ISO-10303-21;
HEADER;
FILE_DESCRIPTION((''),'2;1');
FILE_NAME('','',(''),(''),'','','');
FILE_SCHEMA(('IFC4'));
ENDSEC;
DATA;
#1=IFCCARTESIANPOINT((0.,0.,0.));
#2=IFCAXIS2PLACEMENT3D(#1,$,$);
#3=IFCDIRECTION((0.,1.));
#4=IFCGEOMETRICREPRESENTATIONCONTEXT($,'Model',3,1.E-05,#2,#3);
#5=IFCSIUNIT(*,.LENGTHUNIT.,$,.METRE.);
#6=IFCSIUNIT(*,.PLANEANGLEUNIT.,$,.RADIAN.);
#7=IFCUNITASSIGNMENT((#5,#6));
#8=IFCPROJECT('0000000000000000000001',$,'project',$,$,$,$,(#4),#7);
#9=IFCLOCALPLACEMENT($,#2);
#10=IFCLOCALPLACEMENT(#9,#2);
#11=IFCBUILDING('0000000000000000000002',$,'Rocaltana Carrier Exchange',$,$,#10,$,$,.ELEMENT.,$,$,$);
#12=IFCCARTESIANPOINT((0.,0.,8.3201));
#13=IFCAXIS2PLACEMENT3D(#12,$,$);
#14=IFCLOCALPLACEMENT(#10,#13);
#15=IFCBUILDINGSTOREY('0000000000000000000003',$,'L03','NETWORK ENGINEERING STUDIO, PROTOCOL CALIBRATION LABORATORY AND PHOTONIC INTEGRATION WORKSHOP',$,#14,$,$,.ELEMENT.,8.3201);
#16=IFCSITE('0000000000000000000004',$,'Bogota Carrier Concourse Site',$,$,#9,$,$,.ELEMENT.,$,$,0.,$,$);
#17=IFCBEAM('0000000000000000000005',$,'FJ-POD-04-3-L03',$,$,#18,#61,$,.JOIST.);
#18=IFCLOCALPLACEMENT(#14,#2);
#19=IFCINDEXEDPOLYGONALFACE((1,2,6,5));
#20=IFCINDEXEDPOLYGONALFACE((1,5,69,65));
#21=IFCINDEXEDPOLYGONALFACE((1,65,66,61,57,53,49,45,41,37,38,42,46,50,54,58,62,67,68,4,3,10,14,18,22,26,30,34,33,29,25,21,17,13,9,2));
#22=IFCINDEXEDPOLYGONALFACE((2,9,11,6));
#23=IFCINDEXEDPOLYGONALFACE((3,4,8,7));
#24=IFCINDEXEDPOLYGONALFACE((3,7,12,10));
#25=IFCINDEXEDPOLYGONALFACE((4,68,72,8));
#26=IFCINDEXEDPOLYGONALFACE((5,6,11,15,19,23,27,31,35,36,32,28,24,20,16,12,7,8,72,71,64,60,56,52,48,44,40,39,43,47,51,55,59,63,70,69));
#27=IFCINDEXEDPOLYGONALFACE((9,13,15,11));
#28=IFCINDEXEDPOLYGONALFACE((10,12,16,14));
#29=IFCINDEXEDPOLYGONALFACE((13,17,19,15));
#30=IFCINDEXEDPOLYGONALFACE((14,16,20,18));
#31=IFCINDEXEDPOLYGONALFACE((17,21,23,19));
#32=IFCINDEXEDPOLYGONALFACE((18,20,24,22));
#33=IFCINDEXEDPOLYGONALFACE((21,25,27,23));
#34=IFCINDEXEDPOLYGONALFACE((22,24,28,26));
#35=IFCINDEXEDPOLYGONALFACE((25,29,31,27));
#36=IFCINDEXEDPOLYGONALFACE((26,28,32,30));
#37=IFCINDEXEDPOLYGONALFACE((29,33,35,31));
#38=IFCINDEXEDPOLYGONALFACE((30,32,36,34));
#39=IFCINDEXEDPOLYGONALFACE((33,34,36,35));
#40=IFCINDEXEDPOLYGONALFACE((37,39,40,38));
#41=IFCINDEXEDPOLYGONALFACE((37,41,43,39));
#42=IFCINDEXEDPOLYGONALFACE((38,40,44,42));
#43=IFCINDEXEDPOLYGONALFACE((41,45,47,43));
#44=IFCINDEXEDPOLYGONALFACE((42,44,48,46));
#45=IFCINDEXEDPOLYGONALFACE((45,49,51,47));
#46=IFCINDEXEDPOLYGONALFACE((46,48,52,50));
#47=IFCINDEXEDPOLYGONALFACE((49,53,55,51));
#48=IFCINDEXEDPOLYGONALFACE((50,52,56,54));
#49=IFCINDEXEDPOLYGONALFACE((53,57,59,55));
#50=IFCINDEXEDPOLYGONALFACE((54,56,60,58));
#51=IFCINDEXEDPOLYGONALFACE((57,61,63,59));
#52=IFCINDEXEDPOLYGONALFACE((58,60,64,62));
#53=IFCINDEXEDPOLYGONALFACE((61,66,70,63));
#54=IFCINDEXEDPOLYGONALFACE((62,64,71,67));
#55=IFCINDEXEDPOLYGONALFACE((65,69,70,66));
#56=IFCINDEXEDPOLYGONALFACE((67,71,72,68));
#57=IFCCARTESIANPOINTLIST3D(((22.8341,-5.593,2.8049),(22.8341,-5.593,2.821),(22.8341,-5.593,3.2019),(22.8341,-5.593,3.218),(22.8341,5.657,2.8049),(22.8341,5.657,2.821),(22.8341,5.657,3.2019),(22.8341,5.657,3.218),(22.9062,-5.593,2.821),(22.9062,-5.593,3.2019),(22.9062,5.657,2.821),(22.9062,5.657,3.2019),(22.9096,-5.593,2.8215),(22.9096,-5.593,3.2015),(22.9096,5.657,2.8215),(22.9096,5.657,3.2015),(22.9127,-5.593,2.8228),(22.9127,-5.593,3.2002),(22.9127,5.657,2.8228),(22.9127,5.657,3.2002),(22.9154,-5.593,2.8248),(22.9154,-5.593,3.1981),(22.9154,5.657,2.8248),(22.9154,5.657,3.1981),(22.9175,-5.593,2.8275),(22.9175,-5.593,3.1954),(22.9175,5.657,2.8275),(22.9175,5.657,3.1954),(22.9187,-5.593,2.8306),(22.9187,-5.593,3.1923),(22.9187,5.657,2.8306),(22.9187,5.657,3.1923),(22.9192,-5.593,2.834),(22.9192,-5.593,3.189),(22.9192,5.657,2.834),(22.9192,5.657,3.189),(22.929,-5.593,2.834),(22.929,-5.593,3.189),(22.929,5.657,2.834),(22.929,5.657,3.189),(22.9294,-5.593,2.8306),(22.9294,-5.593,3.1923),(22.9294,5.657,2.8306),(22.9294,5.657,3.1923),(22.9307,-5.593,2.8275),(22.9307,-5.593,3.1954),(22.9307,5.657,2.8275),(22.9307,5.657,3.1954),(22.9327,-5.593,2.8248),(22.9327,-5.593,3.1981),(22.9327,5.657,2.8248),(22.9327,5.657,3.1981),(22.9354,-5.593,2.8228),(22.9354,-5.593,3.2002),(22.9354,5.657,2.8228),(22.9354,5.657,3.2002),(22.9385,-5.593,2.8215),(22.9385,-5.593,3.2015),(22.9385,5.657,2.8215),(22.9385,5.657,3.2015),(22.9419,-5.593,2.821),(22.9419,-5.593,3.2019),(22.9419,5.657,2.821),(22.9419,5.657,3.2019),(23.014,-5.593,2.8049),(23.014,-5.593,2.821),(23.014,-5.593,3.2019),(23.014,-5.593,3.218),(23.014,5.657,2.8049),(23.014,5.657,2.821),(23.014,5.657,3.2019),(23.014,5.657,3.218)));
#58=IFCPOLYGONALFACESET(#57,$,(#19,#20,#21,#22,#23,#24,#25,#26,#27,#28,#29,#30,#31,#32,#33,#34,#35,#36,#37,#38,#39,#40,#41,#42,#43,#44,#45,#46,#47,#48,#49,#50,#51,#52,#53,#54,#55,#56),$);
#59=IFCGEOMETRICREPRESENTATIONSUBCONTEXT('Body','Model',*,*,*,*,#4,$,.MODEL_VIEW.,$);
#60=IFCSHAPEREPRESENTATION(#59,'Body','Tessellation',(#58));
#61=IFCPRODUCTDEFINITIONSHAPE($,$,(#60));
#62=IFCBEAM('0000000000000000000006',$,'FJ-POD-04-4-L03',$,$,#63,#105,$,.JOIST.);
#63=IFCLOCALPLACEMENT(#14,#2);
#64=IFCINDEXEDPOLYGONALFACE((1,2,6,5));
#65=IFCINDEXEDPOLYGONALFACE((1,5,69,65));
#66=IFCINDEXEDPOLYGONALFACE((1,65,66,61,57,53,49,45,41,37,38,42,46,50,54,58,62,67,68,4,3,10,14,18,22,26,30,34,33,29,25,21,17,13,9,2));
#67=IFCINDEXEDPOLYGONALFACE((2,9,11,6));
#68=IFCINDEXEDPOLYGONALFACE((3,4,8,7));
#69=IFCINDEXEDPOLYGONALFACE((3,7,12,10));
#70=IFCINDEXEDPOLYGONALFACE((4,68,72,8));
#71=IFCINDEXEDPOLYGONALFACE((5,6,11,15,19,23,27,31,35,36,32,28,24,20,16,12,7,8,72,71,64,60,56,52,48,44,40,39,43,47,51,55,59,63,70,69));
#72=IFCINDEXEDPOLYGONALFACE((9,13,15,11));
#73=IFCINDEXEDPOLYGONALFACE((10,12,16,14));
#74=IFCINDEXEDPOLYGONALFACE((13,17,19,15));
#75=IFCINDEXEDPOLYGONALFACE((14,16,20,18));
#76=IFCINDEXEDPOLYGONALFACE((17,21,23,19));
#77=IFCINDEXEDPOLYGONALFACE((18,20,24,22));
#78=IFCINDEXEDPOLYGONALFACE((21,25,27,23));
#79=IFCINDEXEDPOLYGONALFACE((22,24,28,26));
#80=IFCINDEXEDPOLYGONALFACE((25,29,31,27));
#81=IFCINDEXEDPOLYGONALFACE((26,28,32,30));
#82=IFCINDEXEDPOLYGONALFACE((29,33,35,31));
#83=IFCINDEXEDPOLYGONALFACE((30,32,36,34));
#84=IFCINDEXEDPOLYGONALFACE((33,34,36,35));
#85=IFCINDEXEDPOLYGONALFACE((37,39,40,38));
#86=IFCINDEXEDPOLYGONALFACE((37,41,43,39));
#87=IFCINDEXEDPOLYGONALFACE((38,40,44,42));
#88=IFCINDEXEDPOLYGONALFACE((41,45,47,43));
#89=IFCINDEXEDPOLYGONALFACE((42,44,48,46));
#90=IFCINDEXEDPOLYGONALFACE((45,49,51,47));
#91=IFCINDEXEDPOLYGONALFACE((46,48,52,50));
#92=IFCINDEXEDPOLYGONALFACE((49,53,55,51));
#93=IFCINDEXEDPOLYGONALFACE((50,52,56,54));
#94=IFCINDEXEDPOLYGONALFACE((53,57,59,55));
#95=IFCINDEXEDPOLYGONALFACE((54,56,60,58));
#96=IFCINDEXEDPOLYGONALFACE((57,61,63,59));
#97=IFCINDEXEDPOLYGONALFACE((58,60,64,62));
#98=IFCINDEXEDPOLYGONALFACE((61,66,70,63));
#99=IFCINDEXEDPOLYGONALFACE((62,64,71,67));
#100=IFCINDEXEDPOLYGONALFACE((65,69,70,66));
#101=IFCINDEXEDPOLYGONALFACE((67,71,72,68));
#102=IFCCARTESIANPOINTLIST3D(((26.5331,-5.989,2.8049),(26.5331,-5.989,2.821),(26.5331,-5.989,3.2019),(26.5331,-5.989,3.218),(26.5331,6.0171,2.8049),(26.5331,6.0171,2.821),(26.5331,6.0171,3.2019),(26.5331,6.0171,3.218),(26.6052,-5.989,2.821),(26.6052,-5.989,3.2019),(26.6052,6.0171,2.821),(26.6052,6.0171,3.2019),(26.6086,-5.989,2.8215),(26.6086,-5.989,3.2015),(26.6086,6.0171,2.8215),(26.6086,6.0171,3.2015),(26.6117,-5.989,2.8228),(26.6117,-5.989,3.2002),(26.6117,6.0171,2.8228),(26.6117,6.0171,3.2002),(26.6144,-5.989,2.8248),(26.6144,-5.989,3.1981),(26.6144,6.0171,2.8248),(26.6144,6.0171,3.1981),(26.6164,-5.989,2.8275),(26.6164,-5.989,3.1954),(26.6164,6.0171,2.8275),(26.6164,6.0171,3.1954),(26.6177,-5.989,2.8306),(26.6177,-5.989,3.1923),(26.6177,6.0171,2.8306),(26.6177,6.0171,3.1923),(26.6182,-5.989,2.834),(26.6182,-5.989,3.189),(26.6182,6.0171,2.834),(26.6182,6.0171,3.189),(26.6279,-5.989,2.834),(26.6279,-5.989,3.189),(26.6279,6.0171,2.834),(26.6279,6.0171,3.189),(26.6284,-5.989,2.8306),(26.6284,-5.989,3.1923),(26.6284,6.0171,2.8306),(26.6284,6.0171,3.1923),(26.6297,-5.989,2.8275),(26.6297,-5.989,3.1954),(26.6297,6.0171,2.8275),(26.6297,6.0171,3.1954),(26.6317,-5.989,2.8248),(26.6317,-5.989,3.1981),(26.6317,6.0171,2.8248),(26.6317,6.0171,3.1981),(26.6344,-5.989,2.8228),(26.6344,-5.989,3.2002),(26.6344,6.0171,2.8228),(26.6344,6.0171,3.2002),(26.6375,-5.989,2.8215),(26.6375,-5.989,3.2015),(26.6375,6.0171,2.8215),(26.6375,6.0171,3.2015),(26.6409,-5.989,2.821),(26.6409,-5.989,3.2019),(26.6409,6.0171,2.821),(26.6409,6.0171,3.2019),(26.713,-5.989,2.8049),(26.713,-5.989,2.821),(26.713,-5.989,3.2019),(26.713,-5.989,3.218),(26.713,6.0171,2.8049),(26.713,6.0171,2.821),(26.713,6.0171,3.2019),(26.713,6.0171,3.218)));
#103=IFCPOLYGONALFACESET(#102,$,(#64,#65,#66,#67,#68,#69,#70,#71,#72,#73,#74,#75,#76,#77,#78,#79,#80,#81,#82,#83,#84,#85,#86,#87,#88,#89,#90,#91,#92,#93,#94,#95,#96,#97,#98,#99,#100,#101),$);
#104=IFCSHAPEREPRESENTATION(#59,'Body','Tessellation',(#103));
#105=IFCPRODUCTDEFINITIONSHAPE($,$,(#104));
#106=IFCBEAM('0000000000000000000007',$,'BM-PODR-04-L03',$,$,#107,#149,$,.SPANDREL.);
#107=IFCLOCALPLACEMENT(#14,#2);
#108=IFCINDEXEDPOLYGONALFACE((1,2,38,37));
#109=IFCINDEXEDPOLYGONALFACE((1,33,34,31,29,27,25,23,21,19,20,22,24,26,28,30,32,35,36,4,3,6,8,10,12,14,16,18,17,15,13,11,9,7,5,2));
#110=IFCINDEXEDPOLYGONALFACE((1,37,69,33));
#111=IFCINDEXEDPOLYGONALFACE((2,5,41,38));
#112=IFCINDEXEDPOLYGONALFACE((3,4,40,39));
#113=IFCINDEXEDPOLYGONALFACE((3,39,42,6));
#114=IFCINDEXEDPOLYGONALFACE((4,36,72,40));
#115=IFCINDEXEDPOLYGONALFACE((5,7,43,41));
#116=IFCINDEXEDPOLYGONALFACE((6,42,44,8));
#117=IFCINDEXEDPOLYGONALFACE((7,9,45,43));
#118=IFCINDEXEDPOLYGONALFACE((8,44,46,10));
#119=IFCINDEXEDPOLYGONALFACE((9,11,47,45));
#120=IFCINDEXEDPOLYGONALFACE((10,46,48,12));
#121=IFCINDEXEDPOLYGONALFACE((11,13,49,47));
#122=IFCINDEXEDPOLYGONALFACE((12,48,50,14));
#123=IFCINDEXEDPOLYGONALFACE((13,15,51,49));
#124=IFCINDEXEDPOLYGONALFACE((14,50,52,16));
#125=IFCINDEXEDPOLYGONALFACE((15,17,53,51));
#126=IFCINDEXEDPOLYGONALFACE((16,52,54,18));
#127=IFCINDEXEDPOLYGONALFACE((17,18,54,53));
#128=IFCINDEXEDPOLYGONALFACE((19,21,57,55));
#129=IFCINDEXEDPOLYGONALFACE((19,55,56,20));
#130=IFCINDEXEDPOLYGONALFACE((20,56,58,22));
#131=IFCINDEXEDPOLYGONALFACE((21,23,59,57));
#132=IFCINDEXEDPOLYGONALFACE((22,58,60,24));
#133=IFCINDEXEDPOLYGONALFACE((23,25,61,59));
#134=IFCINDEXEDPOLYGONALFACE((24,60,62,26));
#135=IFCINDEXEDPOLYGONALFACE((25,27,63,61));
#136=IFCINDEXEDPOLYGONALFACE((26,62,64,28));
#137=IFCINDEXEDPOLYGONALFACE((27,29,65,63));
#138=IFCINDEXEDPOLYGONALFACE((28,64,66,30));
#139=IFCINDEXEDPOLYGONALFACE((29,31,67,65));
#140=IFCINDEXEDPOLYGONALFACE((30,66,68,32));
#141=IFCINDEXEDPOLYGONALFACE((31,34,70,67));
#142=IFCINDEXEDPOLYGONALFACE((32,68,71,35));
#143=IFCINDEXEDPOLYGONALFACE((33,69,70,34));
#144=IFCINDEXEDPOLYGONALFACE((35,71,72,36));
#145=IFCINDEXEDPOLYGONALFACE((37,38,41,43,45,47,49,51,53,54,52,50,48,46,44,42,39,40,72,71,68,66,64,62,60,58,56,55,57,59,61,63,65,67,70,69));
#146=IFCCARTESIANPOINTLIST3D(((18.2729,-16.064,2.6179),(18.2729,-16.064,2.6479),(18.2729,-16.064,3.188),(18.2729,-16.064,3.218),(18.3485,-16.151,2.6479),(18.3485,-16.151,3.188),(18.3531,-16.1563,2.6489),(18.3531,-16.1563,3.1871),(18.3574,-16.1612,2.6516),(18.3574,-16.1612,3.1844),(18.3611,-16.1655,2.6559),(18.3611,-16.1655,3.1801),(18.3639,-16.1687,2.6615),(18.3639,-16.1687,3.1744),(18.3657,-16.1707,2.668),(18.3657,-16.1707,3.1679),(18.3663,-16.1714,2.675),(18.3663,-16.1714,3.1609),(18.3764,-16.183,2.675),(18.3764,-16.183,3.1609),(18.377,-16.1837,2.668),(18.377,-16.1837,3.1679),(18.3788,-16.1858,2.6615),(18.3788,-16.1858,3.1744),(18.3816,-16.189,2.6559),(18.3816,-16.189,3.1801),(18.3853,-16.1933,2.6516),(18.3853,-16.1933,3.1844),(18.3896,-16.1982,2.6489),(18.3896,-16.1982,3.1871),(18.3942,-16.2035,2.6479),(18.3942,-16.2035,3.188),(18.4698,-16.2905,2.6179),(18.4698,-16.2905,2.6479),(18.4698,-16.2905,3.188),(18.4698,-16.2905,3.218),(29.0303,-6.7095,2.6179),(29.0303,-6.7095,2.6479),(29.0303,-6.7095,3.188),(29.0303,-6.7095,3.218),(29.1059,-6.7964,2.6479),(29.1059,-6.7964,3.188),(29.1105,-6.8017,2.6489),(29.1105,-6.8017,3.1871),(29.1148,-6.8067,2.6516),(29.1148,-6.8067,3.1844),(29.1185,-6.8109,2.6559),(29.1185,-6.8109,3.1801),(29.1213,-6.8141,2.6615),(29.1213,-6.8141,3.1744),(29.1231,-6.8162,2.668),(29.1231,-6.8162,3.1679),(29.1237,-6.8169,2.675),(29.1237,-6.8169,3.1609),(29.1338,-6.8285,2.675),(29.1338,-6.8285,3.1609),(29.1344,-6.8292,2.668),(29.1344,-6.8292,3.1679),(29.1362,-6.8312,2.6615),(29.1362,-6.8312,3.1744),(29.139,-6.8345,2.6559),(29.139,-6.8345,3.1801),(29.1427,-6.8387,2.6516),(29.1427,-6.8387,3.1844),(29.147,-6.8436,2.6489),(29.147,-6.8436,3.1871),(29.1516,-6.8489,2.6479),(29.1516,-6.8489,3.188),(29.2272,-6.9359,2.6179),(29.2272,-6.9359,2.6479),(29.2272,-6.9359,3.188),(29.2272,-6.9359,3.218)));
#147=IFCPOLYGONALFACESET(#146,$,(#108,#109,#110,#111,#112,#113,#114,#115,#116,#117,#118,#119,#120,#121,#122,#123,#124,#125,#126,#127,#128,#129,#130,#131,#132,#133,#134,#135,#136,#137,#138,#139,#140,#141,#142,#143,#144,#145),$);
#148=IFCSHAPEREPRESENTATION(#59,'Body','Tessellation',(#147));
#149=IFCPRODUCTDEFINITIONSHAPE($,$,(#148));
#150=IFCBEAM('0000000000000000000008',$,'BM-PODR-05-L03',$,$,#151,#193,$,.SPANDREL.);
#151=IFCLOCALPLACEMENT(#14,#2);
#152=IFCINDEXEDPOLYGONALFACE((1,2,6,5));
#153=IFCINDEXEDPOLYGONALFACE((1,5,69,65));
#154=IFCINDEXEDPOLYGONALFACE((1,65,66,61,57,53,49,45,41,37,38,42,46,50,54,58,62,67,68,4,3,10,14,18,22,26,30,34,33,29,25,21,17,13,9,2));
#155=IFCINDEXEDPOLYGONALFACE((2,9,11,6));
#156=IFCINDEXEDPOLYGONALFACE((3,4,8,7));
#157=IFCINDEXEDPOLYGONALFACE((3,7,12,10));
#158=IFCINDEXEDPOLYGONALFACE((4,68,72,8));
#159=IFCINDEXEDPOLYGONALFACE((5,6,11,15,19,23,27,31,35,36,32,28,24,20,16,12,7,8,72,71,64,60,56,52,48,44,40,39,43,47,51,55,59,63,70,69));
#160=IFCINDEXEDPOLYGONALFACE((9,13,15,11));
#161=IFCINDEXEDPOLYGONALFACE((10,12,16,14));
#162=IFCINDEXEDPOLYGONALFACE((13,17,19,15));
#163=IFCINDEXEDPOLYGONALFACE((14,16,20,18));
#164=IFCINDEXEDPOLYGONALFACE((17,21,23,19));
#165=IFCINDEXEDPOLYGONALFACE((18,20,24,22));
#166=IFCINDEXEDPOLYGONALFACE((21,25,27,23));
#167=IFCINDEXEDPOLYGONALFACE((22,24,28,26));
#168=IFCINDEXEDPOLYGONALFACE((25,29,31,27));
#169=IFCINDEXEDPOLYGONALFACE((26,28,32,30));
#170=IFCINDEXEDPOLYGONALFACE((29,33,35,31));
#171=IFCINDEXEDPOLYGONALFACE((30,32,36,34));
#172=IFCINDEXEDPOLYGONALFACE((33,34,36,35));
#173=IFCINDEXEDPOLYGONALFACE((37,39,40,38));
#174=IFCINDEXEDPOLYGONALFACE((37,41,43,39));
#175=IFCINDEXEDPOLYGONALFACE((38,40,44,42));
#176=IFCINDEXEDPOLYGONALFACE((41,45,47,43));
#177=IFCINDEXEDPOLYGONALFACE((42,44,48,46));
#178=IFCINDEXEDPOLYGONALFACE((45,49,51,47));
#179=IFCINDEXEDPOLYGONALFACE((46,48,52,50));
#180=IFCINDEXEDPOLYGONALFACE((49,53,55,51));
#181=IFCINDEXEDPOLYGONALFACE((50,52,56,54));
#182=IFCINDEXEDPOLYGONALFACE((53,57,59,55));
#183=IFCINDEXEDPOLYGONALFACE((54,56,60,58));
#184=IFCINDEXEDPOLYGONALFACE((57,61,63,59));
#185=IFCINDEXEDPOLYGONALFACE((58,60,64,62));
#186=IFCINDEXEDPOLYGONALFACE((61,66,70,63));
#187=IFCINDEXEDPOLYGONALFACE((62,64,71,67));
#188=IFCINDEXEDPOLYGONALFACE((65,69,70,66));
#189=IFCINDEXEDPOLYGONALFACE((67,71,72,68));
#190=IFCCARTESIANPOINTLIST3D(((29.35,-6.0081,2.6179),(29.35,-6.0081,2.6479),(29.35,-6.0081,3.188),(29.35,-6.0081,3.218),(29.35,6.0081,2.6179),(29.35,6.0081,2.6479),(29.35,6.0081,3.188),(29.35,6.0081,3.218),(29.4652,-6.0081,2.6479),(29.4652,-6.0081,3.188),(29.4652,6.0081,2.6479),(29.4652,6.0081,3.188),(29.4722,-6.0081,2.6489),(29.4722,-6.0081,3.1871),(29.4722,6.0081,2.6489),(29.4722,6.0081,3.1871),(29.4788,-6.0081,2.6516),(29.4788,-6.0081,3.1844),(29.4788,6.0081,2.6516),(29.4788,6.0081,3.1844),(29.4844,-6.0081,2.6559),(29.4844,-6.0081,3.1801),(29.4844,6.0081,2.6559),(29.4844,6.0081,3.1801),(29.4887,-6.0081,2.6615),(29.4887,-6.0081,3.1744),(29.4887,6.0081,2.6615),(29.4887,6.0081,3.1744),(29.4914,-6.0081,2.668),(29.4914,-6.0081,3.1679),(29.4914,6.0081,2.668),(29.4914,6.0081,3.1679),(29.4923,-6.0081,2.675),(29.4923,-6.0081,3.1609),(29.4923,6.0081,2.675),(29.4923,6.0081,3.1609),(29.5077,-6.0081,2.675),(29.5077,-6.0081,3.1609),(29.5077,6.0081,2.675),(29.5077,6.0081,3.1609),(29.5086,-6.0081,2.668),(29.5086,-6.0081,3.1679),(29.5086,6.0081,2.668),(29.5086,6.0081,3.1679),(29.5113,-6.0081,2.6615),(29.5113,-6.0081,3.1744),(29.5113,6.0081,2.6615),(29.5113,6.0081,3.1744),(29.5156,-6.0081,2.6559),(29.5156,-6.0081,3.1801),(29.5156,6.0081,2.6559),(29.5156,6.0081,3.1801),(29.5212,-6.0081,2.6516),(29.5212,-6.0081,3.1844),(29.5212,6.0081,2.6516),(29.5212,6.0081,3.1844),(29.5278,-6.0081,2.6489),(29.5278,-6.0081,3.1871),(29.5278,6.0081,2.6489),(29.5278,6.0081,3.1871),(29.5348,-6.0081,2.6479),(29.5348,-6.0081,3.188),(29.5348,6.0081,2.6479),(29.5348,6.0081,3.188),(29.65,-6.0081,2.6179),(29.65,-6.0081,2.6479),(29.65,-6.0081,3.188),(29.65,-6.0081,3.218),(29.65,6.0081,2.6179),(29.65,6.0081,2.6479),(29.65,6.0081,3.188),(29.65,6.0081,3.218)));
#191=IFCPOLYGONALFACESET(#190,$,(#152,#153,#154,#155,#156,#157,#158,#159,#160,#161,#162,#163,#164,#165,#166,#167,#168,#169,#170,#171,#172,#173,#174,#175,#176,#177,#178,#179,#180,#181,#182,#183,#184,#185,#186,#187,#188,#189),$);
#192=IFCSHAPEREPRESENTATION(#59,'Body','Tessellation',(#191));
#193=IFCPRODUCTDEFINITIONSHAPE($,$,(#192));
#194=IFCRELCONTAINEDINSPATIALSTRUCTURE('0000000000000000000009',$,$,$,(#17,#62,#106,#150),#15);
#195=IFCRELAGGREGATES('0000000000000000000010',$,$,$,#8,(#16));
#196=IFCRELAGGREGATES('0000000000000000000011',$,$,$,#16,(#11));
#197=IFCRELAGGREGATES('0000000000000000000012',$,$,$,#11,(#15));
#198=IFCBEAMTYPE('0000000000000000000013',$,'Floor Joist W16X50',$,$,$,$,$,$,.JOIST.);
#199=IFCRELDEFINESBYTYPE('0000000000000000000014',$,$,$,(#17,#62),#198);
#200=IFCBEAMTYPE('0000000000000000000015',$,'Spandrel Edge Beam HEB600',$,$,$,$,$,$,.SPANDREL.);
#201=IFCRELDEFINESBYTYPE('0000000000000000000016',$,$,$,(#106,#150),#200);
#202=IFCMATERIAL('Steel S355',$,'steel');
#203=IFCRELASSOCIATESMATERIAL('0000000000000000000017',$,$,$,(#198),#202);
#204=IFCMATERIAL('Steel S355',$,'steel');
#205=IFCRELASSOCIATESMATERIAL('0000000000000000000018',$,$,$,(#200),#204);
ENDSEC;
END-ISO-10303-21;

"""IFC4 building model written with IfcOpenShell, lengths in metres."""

from ifc_helpers import new_model, si_unit, direction, frame, origin, origin_2d, place, context, subcontext, project, spatial, i_section, extrude, material, material_profile, profile_set, type_object, element, save


model = new_model("IFC4")

# Units and contexts
model_context = context("Model", 3, precision=1e-05, world=origin(), true_north=direction((0.0, 1.0)))
body_context = subcontext(model_context, "Body", "Model", "MODEL_VIEW")
ifc_project = project(units=[si_unit("LENGTHUNIT", "METRE"), si_unit("PLANEANGLEUNIT", "RADIAN")], contexts=[model_context])

# Site, building, storey
site_placement = place(None, origin())
site = spatial("IfcSite", under=ifc_project, at=site_placement, Name="Bogota Carrier Concourse Site", CompositionType="ELEMENT", RefElevation=0.0)
building_placement = place(site_placement, origin())
building = spatial("IfcBuilding", under=site, at=building_placement, Name="Rocaltana Carrier Exchange", CompositionType="ELEMENT")
storey_placement = place(building_placement, frame((0.0, 0.0, 8.3201)))
storey = spatial("IfcBuildingStorey", under=building, at=storey_placement, Name="L03", Description="NETWORK ENGINEERING STUDIO, PROTOCOL CALIBRATION LABORATORY AND PHOTONIC INTEGRATION WORKSHOP", CompositionType="ELEMENT", Elevation=8.3201)

# Beams
ifc_material_1 = material(Name="Steel S355", Category="steel")
ifc_material_profile_1 = material_profile(ifc_material_1, i_section(OverallWidth=0.1799, OverallDepth=0.4131, WebThickness=0.0098, FlangeThickness=0.0161, FilletRadius=0.0129, at=origin_2d()), Name="W16X50")
ifc_profile_set_1 = profile_set([ifc_material_profile_1], Name="Steel S355")
beam_type_1 = type_object("IfcBeamType", Name="Floor Joist W16X50", PredefinedType="JOIST", material=ifc_profile_set_1)
beam_1_placement = place(storey_placement, frame((22.9241, -5.593, 3.0115), z_axis=(0.0, 1.0, 0.0), x_axis=(-1.0, 0.0, 0.0)))
element("IfcBeam", 1, at=beam_1_placement, inside=storey, type_object=beam_type_1, Name="FJ-POD-04-3-L03", PredefinedType="JOIST", context=body_context, shape_type="SweptSolid", body=[
    extrude(i_section(OverallWidth=0.1799, OverallDepth=0.4131, WebThickness=0.0098, FlangeThickness=0.0161, FilletRadius=0.0129, at=origin_2d()), origin(), (0.0, 0.0, 1.0), 11.25),
])
beam_2_placement = place(storey_placement, frame((26.623, -5.989, 3.0115), z_axis=(0.0, 1.0, 0.0), x_axis=(-1.0, 0.0, 0.0)))
element("IfcBeam", 2, at=beam_2_placement, inside=storey, type_object=beam_type_1, Name="FJ-POD-04-4-L03", PredefinedType="JOIST", context=body_context, shape_type="SweptSolid", body=[
    extrude(i_section(OverallWidth=0.1799, OverallDepth=0.4131, WebThickness=0.0098, FlangeThickness=0.0161, FilletRadius=0.0129, at=origin_2d()), origin(), (0.0, 0.0, 1.0), 12.0061),
])
ifc_material_2 = material(Name="Steel S355", Category="steel")
ifc_material_profile_2 = material_profile(ifc_material_2, i_section(OverallWidth=0.3, OverallDepth=0.6001, WebThickness=0.0154, FlangeThickness=0.03, FilletRadius=0.0271, at=origin_2d()), Name="HEB600")
ifc_profile_set_2 = profile_set([ifc_material_profile_2], Name="Steel S355")
beam_type_2 = type_object("IfcBeamType", Name="Spandrel Edge Beam HEB600", PredefinedType="SPANDREL", material=ifc_profile_set_2)
beam_3_placement = place(storey_placement, frame((18.3713, -16.1772, 2.918), z_axis=(0.754595, 0.656191, 0.0), x_axis=(-0.656191, 0.754595, 0.0)))
element("IfcBeam", 3, at=beam_3_placement, inside=storey, type_object=beam_type_2, Name="BM-PODR-04-L03", PredefinedType="SPANDREL", context=body_context, shape_type="SweptSolid", body=[
    extrude(i_section(OverallWidth=0.3, OverallDepth=0.6001, WebThickness=0.0154, FlangeThickness=0.03, FilletRadius=0.0271, at=origin_2d()), origin(), (0.0, 0.0, 1.0), 14.2559),
])
beam_4_placement = place(storey_placement, frame((29.5, -6.0081, 2.918), z_axis=(0.0, 1.0, 0.0), x_axis=(-1.0, 0.0, 0.0)))
element("IfcBeam", 4, at=beam_4_placement, inside=storey, type_object=beam_type_2, Name="BM-PODR-05-L03", PredefinedType="SPANDREL", context=body_context, shape_type="SweptSolid", body=[
    extrude(i_section(OverallWidth=0.3, OverallDepth=0.6001, WebThickness=0.0154, FlangeThickness=0.03, FilletRadius=0.0271, at=origin_2d()), origin(), (0.0, 0.0, 1.0), 12.0161),
])

save(model, "model.ifc")
